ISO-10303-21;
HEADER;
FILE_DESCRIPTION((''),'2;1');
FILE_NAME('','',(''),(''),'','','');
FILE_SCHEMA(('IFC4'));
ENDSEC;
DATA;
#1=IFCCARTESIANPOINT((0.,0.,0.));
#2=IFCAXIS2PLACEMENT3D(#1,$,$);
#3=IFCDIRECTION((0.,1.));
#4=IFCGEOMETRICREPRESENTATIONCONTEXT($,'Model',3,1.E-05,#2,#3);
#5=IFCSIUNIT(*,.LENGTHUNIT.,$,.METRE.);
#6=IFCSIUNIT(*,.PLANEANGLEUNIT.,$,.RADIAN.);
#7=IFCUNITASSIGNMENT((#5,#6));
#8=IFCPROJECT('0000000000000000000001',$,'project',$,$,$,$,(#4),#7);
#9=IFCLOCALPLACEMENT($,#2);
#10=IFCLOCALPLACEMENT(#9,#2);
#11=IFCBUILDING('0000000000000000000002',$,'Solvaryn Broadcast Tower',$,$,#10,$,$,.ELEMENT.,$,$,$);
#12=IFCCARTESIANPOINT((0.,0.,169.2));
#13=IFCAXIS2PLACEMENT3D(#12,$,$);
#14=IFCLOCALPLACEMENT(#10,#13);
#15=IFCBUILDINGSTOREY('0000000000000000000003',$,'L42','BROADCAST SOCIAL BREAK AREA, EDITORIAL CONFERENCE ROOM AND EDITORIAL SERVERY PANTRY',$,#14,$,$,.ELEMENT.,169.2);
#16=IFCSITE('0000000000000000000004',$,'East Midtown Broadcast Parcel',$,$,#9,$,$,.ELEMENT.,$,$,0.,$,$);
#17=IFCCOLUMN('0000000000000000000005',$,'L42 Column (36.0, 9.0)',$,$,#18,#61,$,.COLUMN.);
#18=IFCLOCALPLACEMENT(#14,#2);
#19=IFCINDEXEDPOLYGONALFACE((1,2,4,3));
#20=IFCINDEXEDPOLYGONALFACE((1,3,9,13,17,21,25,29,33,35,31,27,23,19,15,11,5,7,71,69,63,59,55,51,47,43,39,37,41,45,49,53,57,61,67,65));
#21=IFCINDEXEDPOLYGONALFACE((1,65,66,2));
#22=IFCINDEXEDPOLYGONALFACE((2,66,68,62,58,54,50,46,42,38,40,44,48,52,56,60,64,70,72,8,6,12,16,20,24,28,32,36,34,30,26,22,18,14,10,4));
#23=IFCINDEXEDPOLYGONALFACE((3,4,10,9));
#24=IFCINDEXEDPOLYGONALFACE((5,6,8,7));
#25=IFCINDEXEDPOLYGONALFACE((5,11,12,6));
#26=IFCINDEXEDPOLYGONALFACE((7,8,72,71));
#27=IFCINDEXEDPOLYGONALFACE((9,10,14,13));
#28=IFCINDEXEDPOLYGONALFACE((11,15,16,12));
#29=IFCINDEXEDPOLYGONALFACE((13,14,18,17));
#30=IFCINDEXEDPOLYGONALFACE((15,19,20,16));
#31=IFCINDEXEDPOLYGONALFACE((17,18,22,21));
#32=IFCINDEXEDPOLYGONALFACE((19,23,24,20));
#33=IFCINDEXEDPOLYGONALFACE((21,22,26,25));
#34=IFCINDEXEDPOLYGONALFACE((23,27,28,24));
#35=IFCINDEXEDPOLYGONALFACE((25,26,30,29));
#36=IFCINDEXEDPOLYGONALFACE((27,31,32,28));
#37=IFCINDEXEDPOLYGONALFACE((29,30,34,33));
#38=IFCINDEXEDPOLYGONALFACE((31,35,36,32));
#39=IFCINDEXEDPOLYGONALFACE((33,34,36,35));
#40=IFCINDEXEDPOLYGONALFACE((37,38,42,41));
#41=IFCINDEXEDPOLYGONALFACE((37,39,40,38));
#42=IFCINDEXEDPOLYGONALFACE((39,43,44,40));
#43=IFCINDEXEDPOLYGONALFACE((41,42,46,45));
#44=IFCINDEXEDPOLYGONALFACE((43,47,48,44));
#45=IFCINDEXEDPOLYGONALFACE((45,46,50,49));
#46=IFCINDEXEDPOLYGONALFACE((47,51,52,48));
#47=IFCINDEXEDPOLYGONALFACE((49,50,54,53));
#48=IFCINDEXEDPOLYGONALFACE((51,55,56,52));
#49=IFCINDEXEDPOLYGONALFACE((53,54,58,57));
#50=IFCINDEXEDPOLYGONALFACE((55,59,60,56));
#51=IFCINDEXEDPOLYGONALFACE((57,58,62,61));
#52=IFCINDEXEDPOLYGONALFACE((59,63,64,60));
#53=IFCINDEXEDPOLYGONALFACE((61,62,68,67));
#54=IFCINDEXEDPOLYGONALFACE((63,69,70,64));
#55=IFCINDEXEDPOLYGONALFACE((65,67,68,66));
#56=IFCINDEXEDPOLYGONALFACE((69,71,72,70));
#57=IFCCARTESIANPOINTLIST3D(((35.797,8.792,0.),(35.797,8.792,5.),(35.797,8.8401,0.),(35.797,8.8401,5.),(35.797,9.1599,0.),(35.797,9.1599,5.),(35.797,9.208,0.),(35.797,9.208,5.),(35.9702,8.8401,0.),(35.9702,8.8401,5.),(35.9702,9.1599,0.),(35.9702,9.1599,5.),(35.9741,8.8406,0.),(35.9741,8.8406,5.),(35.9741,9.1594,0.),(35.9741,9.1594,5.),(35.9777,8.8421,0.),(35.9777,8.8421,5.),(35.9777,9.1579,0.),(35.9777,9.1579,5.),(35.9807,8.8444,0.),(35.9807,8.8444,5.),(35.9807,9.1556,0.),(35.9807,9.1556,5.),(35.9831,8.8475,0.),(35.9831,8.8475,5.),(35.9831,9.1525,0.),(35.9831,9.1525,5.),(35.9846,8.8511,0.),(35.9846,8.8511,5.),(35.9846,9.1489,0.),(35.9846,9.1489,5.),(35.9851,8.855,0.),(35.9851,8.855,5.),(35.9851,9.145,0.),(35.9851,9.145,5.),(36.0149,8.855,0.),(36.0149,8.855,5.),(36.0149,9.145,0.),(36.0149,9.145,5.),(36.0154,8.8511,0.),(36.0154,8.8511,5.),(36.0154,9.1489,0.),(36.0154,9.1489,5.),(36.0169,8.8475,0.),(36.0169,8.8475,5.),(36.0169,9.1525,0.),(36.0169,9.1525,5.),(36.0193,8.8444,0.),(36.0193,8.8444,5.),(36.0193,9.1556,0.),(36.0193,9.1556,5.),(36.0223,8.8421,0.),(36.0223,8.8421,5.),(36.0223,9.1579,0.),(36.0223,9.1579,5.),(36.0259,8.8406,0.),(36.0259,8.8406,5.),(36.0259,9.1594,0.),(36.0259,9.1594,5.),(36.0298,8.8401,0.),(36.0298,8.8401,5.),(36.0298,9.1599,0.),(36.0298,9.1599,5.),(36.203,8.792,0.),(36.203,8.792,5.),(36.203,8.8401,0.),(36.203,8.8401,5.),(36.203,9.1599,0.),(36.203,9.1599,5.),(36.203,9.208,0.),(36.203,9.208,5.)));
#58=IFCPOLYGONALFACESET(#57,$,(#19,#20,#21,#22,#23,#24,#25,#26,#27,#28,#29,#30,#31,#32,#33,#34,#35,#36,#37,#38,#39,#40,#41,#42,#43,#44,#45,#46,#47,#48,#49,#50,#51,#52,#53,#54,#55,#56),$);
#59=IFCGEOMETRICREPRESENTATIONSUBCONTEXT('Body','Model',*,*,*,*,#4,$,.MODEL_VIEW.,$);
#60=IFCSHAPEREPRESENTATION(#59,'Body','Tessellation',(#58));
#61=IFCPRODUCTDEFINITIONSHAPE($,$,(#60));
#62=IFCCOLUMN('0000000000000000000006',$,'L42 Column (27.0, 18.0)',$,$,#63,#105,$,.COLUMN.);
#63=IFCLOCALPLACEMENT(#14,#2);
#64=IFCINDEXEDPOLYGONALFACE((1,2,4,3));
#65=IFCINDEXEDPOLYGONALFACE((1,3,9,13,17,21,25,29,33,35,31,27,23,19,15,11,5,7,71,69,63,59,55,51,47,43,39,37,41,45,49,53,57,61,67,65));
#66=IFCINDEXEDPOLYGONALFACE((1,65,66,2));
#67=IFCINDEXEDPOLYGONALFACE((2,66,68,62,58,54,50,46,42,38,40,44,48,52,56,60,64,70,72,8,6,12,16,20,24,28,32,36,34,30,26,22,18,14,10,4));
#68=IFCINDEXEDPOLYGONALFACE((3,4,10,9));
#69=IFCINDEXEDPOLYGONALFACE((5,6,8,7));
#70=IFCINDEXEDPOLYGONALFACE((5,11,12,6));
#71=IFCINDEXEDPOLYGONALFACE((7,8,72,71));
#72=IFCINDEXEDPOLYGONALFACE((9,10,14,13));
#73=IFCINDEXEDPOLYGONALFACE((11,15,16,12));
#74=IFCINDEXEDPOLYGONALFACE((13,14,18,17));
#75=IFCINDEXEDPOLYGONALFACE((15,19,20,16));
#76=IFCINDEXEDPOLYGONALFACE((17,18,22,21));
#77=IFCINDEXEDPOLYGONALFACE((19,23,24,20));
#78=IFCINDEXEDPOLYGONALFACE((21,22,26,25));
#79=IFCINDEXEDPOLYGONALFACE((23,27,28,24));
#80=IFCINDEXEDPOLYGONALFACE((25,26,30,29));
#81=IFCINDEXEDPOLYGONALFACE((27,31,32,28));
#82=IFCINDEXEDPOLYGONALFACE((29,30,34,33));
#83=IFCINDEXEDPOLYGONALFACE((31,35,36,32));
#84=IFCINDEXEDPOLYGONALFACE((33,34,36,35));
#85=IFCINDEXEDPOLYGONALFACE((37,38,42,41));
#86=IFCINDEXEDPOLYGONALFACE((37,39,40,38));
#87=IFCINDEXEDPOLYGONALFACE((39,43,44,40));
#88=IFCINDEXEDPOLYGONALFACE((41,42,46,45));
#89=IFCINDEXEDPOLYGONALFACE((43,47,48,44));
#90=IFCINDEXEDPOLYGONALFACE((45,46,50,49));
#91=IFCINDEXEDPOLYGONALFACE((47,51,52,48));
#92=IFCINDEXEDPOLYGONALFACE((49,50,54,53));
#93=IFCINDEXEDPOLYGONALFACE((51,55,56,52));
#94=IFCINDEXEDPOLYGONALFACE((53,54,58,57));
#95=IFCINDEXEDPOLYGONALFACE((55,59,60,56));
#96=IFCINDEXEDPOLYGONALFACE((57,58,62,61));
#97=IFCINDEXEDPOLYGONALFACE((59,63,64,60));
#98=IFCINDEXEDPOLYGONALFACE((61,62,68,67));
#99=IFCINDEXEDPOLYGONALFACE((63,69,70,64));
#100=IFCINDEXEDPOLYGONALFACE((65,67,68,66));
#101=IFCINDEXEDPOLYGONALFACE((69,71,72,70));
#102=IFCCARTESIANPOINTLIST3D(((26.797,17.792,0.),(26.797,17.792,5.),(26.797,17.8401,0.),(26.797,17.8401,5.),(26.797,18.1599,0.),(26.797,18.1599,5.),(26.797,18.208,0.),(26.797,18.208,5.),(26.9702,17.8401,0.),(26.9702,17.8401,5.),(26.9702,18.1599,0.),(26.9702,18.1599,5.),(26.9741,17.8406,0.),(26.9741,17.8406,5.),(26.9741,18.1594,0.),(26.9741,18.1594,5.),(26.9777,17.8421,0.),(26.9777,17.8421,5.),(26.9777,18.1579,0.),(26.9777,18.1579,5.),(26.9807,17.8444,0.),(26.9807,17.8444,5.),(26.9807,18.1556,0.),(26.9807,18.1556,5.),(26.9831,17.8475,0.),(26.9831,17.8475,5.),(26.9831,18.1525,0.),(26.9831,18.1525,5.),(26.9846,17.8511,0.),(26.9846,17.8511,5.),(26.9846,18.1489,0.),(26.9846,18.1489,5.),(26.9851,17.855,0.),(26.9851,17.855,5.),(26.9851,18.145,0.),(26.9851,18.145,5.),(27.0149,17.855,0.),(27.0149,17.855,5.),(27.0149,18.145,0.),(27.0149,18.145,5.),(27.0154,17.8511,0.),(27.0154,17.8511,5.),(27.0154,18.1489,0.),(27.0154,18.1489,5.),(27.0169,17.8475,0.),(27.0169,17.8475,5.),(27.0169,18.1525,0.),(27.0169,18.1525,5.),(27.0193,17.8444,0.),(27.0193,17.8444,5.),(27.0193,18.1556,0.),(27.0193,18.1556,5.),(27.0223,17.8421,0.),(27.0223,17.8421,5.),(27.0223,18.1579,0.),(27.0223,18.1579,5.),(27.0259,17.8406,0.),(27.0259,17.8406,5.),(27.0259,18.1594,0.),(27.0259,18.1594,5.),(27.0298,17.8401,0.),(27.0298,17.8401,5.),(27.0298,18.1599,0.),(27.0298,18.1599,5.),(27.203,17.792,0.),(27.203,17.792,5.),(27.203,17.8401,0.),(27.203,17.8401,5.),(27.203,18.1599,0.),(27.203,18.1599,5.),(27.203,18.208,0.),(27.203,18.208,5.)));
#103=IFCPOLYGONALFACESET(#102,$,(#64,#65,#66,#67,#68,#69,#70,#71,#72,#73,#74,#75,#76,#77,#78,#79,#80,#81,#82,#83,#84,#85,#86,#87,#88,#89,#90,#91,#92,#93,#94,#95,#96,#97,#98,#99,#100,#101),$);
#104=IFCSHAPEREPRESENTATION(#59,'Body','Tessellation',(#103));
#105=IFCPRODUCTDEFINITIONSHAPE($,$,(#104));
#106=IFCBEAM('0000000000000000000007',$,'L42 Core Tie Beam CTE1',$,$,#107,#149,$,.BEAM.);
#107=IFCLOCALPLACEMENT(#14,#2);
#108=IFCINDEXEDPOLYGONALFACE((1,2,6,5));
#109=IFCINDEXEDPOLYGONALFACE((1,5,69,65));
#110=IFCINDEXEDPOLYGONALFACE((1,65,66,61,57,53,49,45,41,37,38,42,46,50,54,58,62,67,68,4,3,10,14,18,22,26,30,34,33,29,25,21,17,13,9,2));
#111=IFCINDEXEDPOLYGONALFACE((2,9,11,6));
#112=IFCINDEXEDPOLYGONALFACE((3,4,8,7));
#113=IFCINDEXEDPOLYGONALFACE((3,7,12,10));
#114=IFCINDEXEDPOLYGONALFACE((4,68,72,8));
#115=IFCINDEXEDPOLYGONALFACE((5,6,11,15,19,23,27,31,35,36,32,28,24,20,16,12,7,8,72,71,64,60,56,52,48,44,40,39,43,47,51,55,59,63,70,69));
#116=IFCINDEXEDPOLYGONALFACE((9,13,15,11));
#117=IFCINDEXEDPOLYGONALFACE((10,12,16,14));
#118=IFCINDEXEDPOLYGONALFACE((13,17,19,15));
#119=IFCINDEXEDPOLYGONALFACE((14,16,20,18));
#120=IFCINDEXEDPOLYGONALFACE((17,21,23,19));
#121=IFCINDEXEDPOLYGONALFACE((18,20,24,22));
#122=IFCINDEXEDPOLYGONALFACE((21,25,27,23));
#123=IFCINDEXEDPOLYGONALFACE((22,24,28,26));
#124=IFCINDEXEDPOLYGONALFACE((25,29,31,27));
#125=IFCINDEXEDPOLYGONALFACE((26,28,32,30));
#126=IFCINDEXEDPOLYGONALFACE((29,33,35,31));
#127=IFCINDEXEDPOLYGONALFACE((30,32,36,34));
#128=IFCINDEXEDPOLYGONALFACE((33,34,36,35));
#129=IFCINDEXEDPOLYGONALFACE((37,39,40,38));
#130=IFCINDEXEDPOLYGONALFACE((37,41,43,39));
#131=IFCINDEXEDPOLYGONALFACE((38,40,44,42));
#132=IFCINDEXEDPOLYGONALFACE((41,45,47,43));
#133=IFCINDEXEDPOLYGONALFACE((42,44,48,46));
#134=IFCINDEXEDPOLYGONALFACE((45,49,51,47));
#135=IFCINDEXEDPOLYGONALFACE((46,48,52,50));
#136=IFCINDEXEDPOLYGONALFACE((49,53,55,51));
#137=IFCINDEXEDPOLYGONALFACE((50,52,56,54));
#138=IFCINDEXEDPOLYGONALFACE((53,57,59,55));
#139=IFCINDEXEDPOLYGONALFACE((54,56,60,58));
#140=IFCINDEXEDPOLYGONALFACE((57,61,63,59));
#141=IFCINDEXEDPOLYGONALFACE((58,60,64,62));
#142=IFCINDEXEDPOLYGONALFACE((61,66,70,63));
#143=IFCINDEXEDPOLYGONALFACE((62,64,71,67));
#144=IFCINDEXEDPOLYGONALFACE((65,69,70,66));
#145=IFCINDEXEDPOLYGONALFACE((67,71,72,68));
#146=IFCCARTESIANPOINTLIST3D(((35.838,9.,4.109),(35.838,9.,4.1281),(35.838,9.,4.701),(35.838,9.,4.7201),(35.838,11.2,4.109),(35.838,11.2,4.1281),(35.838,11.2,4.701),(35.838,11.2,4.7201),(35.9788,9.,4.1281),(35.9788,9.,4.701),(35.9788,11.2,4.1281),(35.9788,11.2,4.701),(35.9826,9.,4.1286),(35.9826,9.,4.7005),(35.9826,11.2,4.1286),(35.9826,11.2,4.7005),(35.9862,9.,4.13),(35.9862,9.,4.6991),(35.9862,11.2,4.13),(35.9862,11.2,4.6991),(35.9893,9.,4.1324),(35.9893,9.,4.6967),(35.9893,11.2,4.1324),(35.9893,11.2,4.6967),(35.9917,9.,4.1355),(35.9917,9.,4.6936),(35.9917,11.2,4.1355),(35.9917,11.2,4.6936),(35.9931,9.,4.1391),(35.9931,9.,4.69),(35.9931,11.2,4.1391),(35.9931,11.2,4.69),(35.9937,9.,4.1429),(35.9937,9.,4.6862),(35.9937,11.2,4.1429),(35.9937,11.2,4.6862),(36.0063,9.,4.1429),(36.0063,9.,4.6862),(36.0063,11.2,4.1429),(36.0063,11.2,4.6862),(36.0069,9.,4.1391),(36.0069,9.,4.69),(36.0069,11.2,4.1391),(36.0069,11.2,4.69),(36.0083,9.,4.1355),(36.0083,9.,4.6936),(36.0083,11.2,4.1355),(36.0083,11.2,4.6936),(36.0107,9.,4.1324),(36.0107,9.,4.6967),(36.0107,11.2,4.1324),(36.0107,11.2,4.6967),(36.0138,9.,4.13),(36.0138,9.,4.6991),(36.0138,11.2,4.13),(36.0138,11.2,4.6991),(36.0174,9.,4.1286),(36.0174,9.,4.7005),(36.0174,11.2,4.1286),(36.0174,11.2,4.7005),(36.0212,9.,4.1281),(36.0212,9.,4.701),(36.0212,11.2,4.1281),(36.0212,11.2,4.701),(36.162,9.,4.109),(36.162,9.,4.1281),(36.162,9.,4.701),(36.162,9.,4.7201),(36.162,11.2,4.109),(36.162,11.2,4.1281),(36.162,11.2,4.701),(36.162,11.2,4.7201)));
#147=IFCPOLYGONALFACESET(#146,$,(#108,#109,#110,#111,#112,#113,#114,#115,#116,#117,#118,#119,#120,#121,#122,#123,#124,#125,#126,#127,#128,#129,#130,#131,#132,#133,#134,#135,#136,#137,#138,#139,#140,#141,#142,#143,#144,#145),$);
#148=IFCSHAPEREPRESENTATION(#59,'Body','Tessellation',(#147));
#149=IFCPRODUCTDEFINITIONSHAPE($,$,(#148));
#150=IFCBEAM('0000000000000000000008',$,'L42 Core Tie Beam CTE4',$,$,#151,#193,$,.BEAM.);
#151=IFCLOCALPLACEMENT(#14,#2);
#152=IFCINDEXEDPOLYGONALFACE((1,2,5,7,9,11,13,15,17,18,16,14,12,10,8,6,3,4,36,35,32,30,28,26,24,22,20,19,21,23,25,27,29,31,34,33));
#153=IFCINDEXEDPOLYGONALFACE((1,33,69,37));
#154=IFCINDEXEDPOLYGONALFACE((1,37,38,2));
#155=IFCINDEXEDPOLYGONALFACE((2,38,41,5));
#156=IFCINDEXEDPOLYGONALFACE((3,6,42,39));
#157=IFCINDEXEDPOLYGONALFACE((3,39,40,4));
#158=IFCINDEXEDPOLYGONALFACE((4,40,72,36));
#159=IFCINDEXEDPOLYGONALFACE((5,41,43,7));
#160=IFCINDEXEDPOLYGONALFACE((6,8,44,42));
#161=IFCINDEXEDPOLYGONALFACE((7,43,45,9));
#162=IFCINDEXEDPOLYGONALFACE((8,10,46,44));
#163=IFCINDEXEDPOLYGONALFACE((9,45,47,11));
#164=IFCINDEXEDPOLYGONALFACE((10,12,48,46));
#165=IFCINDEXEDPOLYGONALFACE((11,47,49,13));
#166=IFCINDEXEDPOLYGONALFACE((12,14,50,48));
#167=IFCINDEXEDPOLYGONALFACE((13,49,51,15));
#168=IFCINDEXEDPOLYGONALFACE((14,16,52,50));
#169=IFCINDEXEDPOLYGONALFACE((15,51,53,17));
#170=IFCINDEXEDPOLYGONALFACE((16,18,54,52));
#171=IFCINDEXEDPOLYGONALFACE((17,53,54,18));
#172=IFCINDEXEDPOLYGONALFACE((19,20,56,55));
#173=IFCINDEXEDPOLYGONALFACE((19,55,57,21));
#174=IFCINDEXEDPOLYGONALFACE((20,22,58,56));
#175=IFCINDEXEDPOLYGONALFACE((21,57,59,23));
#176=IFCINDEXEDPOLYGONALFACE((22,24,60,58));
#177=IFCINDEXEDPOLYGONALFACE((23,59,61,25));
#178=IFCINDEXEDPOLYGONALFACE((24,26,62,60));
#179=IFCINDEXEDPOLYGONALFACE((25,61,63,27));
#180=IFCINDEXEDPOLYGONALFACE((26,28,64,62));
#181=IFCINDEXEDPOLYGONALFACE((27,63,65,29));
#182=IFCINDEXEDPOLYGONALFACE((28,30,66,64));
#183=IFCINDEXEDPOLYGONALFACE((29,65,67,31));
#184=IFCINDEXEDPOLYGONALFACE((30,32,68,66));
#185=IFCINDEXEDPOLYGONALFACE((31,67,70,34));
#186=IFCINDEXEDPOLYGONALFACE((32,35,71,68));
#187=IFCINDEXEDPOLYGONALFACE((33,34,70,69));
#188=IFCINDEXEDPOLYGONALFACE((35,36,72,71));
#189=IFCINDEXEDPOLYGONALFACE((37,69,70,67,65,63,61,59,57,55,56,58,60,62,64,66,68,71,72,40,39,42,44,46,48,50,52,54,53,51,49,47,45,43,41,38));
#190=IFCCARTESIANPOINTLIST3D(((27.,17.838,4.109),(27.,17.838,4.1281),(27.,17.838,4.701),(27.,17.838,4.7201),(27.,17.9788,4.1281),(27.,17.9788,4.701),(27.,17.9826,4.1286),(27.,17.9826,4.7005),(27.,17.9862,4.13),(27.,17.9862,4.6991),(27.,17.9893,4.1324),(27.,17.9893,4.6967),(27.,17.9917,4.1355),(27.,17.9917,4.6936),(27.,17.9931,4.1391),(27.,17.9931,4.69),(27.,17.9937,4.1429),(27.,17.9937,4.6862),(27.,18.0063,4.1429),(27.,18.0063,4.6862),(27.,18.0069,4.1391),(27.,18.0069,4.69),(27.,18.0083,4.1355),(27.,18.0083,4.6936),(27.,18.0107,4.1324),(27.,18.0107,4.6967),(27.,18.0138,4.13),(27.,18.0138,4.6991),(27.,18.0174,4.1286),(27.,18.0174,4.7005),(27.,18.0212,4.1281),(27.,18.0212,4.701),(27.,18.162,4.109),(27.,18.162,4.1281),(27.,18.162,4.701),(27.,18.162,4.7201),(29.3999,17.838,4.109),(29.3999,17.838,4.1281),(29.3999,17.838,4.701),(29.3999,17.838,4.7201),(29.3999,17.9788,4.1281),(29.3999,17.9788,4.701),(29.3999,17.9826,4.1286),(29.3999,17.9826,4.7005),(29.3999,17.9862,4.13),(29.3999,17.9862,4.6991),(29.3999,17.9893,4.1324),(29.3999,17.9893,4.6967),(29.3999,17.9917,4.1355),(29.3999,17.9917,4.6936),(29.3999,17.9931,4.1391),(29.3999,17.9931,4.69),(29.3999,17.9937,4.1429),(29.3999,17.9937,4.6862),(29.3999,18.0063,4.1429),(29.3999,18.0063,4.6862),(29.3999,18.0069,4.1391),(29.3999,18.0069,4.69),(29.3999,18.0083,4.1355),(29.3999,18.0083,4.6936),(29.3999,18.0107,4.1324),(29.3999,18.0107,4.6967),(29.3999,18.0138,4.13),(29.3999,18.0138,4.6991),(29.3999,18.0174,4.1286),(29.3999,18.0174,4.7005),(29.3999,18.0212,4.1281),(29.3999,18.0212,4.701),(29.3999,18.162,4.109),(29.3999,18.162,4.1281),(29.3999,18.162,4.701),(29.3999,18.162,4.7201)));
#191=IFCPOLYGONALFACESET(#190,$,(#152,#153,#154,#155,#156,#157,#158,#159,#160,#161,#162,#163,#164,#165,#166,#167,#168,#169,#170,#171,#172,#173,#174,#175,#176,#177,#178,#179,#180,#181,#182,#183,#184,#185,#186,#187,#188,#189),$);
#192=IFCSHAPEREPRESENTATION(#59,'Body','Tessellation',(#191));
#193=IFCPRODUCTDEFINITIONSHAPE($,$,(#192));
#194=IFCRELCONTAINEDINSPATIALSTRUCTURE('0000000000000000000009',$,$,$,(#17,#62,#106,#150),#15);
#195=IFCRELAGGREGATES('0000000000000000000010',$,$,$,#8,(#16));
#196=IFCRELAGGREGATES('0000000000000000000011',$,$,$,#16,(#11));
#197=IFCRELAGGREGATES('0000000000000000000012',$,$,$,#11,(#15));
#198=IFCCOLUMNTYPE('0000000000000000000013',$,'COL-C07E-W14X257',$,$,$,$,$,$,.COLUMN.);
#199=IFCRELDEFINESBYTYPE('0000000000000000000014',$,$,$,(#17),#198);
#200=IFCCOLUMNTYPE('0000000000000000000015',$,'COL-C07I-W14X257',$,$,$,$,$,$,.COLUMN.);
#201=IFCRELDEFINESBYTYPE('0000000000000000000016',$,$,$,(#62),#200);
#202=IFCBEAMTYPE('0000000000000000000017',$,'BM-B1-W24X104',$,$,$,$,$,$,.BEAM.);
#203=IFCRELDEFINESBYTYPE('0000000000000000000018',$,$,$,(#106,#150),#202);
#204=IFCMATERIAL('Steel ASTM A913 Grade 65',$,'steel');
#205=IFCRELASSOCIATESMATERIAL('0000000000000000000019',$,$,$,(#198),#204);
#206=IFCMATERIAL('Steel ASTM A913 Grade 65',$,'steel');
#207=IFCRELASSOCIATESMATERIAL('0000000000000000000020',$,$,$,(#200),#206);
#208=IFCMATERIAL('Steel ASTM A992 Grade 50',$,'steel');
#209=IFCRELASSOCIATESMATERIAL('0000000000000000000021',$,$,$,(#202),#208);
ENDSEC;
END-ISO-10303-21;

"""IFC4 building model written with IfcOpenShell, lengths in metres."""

from ifc_helpers import new_model, si_unit, direction, frame, origin, origin_2d, place, context, subcontext, project, spatial, i_section, extrude, material, material_profile, profile_set, type_object, element, save


model = new_model("IFC4")

# Units and contexts
model_context = context("Model", 3, precision=1e-05, world=origin(), true_north=direction((0.0, 1.0)))
body_context = subcontext(model_context, "Body", "Model", "MODEL_VIEW")
ifc_project = project(units=[si_unit("LENGTHUNIT", "METRE"), si_unit("PLANEANGLEUNIT", "RADIAN")], contexts=[model_context])

# Site, building, storey
site_placement = place(None, origin())
site = spatial("IfcSite", under=ifc_project, at=site_placement, Name="East Midtown Broadcast Parcel", CompositionType="ELEMENT", RefElevation=0.0)
building_placement = place(site_placement, origin())
building = spatial("IfcBuilding", under=site, at=building_placement, Name="Solvaryn Broadcast Tower", CompositionType="ELEMENT")
storey_placement = place(building_placement, frame((0.0, 0.0, 169.2)))
storey = spatial("IfcBuildingStorey", under=building, at=storey_placement, Name="L42", Description="BROADCAST SOCIAL BREAK AREA, EDITORIAL CONFERENCE ROOM AND EDITORIAL SERVERY PANTRY", CompositionType="ELEMENT", Elevation=169.2)

# Columns
ifc_material_1 = material(Name="Steel ASTM A913 Grade 65", Category="steel")
ifc_material_profile_1 = material_profile(ifc_material_1, i_section(OverallWidth=0.406, OverallDepth=0.416, WebThickness=0.0298, FlangeThickness=0.0481, FilletRadius=0.0149, at=origin_2d()))
ifc_profile_set_1 = profile_set([ifc_material_profile_1], Name="Steel ASTM A913 Grade 65")
column_type_1 = type_object("IfcColumnType", Name="COL-C07E-W14X257", PredefinedType="COLUMN", material=ifc_profile_set_1)
column_1_placement = place(storey_placement, frame((36.0, 9.0, 0.0), z_axis=(0.0, 0.0, 1.0), x_axis=(1.0, 0.0, 0.0)))
element("IfcColumn", 1, at=column_1_placement, inside=storey, type_object=column_type_1, Name="L42 Column (36.0, 9.0)", PredefinedType="COLUMN", context=body_context, shape_type="SweptSolid", body=[
    extrude(i_section(OverallWidth=0.406, OverallDepth=0.416, WebThickness=0.0298, FlangeThickness=0.0481, FilletRadius=0.0149, at=origin_2d()), origin(), (0.0, 0.0, 1.0), 5.0),
])
ifc_material_2 = material(Name="Steel ASTM A913 Grade 65", Category="steel")
ifc_material_profile_2 = material_profile(ifc_material_2, i_section(OverallWidth=0.406, OverallDepth=0.416, WebThickness=0.0298, FlangeThickness=0.0481, FilletRadius=0.0149, at=origin_2d()))
ifc_profile_set_2 = profile_set([ifc_material_profile_2], Name="Steel ASTM A913 Grade 65")
column_type_2 = type_object("IfcColumnType", Name="COL-C07I-W14X257", PredefinedType="COLUMN", material=ifc_profile_set_2)
column_2_placement = place(storey_placement, frame((27.0, 18.0, 0.0), z_axis=(0.0, 0.0, 1.0), x_axis=(1.0, 0.0, 0.0)))
element("IfcColumn", 2, at=column_2_placement, inside=storey, type_object=column_type_2, Name="L42 Column (27.0, 18.0)", PredefinedType="COLUMN", context=body_context, shape_type="SweptSolid", body=[
    extrude(i_section(OverallWidth=0.406, OverallDepth=0.416, WebThickness=0.0298, FlangeThickness=0.0481, FilletRadius=0.0149, at=origin_2d()), origin(), (0.0, 0.0, 1.0), 5.0),
])

# Beams
ifc_material_3 = material(Name="Steel ASTM A992 Grade 50", Category="steel")
ifc_material_profile_3 = material_profile(ifc_material_3, i_section(OverallWidth=0.324, OverallDepth=0.6111, WebThickness=0.0127, FlangeThickness=0.019, FilletRadius=0.0149, at=origin_2d()))
ifc_profile_set_3 = profile_set([ifc_material_profile_3], Name="Steel ASTM A992 Grade 50")
beam_type_1 = type_object("IfcBeamType", Name="BM-B1-W24X104", PredefinedType="BEAM", material=ifc_profile_set_3)
beam_1_placement = place(storey_placement, frame((36.0, 9.0, 4.4146), z_axis=(0.0, 1.0, 0.0), x_axis=(-1.0, 0.0, 0.0)))
element("IfcBeam", 3, at=beam_1_placement, inside=storey, type_object=beam_type_1, Name="L42 Core Tie Beam CTE1", PredefinedType="BEAM", context=body_context, shape_type="SweptSolid", body=[
    extrude(i_section(OverallWidth=0.324, OverallDepth=0.6111, WebThickness=0.0127, FlangeThickness=0.019, FilletRadius=0.0149, at=origin_2d()), origin(), (0.0, 0.0, 1.0), 2.2),
])
beam_2_placement = place(storey_placement, frame((27.0, 18.0, 4.4146), z_axis=(1.0, 0.0, 0.0), x_axis=(0.0, 1.0, 0.0)))
element("IfcBeam", 4, at=beam_2_placement, inside=storey, type_object=beam_type_1, Name="L42 Core Tie Beam CTE4", PredefinedType="BEAM", context=body_context, shape_type="SweptSolid", body=[
    extrude(i_section(OverallWidth=0.324, OverallDepth=0.6111, WebThickness=0.0127, FlangeThickness=0.019, FilletRadius=0.0149, at=origin_2d()), origin(), (0.0, 0.0, 1.0), 2.3999),
])

save(model, "model.ifc")
